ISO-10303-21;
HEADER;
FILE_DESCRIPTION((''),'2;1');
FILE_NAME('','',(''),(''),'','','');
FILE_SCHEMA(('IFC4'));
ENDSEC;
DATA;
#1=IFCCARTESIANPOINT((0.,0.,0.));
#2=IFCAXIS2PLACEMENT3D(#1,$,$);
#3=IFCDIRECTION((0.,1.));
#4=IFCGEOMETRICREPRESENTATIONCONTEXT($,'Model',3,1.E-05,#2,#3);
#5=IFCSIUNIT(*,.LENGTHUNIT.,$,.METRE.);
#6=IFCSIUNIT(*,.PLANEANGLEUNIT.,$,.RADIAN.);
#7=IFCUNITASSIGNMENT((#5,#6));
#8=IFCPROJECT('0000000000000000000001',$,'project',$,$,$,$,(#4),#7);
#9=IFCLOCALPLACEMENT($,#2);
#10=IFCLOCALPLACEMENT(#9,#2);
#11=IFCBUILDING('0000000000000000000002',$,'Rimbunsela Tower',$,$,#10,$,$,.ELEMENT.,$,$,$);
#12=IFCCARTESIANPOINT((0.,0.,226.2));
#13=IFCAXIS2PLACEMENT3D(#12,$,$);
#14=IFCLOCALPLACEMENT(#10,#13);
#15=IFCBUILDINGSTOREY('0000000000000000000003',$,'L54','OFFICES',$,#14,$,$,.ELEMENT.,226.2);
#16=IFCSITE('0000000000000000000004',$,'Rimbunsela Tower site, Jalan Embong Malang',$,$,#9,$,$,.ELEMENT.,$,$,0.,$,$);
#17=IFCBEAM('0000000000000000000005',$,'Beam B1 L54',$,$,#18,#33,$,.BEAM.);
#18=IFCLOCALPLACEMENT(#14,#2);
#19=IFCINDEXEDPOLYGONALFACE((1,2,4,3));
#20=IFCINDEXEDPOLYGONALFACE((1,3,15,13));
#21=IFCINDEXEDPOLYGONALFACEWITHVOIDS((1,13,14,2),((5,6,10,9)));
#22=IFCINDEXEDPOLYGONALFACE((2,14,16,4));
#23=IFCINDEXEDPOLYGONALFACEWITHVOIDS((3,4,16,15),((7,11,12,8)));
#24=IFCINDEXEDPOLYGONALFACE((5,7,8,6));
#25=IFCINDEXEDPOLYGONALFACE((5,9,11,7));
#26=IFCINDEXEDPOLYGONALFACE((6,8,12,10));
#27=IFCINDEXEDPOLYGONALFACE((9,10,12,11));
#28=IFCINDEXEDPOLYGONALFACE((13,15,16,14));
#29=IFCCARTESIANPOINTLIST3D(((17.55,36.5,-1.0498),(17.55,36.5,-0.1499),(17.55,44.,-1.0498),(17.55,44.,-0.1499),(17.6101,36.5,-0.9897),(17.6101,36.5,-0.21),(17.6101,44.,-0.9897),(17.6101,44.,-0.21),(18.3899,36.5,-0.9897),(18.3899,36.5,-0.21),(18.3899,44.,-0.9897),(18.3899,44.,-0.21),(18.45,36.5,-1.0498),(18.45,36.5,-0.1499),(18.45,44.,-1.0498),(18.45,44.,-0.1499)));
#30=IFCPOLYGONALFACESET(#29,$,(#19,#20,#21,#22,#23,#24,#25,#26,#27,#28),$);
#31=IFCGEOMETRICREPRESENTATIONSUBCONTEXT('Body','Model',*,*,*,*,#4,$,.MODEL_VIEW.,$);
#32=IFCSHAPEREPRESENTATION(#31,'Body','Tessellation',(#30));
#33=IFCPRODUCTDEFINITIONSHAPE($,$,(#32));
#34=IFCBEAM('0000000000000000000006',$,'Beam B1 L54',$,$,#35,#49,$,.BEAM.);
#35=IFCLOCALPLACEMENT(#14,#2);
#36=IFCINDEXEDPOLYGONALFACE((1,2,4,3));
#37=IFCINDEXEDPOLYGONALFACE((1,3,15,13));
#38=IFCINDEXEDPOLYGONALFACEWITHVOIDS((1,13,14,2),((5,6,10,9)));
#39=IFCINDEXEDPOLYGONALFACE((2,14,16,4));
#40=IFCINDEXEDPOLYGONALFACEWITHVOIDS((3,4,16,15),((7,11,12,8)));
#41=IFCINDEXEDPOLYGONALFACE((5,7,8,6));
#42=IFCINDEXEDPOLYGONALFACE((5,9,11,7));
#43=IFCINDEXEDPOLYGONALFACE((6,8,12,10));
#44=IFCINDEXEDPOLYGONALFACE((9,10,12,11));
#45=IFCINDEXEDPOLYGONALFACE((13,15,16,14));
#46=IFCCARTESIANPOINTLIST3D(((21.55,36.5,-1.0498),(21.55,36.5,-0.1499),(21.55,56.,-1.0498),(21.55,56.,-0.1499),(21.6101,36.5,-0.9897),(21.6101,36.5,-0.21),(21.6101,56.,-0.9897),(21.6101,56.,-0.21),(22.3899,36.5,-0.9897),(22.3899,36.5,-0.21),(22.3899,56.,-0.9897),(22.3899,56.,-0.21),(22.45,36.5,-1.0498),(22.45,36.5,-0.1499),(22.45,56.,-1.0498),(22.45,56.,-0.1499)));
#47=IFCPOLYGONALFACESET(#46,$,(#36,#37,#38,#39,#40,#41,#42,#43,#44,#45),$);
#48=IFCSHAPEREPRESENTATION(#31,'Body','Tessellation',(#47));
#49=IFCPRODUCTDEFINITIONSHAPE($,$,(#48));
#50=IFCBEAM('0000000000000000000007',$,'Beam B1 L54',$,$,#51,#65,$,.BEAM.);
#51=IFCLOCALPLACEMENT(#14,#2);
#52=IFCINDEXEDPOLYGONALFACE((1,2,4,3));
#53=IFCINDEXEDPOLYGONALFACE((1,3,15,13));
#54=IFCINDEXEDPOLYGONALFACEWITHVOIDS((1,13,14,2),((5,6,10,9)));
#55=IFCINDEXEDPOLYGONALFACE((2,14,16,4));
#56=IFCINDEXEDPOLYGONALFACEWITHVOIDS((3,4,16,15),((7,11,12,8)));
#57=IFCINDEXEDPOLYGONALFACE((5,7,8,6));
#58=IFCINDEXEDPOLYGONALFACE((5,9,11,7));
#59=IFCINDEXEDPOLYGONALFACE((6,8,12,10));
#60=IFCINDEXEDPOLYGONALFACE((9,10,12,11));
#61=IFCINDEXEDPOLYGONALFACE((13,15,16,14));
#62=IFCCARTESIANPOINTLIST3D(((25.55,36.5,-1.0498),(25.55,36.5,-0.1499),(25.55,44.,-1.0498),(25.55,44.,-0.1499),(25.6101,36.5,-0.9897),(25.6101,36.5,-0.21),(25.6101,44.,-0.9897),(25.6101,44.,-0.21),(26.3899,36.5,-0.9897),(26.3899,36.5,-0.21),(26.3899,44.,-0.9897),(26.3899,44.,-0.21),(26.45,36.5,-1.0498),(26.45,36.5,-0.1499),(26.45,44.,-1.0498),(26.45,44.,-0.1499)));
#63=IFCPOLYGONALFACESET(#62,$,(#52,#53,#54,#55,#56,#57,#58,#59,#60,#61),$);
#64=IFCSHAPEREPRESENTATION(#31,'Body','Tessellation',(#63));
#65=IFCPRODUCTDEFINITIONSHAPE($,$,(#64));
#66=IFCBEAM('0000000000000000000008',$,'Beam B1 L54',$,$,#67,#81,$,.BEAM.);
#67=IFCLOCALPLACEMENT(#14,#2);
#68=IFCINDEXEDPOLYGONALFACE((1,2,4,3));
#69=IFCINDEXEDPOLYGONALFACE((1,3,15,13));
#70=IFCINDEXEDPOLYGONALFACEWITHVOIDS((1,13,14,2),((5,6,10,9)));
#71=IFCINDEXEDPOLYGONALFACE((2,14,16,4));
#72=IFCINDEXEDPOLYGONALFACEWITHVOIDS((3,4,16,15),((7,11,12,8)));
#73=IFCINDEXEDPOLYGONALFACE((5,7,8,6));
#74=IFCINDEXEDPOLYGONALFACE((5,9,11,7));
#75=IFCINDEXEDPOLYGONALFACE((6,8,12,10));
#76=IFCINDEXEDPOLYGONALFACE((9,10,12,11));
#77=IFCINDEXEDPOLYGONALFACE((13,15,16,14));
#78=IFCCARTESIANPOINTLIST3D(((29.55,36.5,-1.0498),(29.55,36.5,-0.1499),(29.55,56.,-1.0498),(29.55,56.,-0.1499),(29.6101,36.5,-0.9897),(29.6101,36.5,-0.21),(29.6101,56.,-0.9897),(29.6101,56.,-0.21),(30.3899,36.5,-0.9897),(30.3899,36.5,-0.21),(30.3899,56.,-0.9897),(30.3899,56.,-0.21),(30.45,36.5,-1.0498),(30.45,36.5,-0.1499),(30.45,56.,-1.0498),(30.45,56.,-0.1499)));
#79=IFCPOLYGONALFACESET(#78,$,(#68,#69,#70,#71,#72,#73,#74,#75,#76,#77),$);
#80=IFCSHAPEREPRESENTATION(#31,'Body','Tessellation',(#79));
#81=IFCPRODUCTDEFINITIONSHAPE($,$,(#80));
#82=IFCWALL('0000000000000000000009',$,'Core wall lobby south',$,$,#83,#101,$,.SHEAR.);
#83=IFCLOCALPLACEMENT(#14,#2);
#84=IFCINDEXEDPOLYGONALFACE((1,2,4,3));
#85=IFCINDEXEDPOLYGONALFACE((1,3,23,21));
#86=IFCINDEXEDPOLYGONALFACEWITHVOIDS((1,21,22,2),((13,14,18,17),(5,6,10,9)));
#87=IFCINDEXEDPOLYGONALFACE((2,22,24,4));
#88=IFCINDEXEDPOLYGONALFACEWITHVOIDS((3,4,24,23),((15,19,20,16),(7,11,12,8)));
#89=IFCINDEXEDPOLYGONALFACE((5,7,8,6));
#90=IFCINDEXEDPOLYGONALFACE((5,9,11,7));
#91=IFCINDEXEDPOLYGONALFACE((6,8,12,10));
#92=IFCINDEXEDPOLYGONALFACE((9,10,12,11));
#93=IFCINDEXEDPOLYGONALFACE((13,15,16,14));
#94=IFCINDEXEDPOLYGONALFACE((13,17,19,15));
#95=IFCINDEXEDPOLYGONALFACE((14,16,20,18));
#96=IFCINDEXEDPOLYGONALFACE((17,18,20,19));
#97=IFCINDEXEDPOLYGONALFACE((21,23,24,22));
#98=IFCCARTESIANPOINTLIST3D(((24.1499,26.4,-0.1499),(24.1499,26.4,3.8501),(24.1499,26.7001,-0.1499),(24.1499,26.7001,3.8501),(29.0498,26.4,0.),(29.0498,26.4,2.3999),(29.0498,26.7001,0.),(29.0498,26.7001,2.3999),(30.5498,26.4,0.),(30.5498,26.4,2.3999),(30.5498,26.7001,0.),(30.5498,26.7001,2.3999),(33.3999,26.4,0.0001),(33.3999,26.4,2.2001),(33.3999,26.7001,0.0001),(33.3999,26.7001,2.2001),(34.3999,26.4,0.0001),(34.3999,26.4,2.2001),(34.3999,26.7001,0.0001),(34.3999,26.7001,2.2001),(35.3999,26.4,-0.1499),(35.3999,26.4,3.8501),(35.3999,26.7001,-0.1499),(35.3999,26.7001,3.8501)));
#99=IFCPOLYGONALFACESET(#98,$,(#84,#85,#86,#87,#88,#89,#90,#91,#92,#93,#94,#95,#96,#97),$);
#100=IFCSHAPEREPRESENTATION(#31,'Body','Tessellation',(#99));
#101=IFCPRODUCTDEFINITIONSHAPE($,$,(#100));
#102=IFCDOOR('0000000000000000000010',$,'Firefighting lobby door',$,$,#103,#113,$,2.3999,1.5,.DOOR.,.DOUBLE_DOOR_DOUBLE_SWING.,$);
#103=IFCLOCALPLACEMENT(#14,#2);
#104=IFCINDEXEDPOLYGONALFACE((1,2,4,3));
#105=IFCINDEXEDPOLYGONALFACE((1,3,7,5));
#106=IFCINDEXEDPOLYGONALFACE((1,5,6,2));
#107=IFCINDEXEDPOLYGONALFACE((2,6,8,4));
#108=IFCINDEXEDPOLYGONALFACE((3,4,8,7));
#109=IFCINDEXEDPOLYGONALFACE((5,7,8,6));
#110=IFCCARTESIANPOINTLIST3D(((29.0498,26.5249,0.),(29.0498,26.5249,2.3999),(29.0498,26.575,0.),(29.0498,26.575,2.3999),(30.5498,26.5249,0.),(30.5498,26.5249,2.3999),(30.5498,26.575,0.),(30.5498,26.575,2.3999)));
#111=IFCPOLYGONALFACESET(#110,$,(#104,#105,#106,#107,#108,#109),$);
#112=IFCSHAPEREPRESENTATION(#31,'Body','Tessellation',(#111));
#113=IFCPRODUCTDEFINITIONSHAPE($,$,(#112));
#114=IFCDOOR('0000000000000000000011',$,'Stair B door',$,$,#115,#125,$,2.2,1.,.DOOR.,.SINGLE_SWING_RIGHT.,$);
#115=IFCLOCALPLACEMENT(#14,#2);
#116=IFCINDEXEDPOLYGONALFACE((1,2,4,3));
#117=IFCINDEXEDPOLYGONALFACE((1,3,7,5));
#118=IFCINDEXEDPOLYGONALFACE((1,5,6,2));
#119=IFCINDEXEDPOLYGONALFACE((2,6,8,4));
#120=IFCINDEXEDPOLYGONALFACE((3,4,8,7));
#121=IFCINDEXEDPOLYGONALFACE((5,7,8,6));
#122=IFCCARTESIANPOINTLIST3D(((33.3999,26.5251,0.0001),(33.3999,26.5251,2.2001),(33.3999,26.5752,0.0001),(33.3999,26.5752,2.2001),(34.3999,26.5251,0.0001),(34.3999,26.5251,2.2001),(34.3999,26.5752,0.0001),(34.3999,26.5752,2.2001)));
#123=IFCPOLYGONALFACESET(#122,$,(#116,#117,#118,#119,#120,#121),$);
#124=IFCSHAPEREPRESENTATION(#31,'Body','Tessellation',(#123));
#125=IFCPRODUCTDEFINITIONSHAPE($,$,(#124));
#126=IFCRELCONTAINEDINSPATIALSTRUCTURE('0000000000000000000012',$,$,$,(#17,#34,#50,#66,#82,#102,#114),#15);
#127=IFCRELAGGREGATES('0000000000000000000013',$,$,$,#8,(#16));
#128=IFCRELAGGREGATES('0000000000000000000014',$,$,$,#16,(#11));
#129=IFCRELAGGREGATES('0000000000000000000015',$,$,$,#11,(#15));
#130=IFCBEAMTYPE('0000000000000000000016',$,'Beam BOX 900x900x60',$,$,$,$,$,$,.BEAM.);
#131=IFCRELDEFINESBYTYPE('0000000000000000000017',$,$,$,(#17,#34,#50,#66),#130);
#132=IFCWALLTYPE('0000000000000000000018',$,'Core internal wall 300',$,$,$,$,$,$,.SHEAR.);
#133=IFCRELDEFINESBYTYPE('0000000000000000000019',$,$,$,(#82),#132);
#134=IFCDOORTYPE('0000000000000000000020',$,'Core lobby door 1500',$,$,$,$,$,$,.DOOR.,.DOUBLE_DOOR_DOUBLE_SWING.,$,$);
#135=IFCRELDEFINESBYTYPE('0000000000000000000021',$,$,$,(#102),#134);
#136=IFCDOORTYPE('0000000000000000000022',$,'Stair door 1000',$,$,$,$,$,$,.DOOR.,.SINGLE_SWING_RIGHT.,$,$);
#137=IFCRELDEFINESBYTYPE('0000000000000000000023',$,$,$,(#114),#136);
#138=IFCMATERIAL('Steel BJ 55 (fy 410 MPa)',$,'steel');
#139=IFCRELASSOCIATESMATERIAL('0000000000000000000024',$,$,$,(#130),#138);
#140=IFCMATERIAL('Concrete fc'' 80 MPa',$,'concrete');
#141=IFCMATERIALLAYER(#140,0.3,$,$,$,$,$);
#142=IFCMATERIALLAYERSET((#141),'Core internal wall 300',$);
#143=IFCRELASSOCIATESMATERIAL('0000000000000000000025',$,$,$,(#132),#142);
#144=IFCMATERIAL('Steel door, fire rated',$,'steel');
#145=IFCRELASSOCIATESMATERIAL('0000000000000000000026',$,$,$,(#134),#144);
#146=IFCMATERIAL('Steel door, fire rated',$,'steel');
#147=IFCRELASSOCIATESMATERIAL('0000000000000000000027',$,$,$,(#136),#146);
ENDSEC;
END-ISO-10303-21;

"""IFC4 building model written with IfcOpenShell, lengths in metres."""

from ifc_helpers import new_model, si_unit, direction, frame, frame_2d, origin, origin_2d, place, context, subcontext, project, spatial, rectangle, hollow_rectangle, extrude, material, layer, layer_set, material_profile, profile_set, type_object, element, fill, save


model = new_model("IFC4")

# Units and contexts
model_context = context("Model", 3, precision=1e-05, world=origin(), true_north=direction((0.0, 1.0)))
body_context = subcontext(model_context, "Body", "Model", "MODEL_VIEW")
ifc_project = project(units=[si_unit("LENGTHUNIT", "METRE"), si_unit("PLANEANGLEUNIT", "RADIAN")], contexts=[model_context])

# Site, building, storey
site_placement = place(None, origin())
site = spatial("IfcSite", under=ifc_project, at=site_placement, Name="Rimbunsela Tower site, Jalan Embong Malang", CompositionType="ELEMENT", RefElevation=0.0)
building_placement = place(site_placement, origin())
building = spatial("IfcBuilding", under=site, at=building_placement, Name="Rimbunsela Tower", CompositionType="ELEMENT")
storey_placement = place(building_placement, frame((0.0, 0.0, 226.2)))
storey = spatial("IfcBuildingStorey", under=building, at=storey_placement, Name="L54", Description="OFFICES", CompositionType="ELEMENT", Elevation=226.2)

# Beams
ifc_material_1 = material(Name="Steel BJ 55 (fy 410 MPa)", Category="steel")
ifc_material_profile = material_profile(ifc_material_1, hollow_rectangle(XDim=0.8999, YDim=0.8999, WallThickness=0.0601, at=origin_2d()), Name="BOX 900x900x60")
ifc_profile_set = profile_set([ifc_material_profile], Name="Steel BJ 55 (fy 410 MPa)")
beam_type = type_object("IfcBeamType", Name="Beam BOX 900x900x60", PredefinedType="BEAM", material=ifc_profile_set)
beam_1_placement = place(storey_placement, frame((18.0, 36.5, -0.5999), z_axis=(0.0, 1.0, 0.0), x_axis=(-1.0, 0.0, 0.0)))
element("IfcBeam", 1, at=beam_1_placement, inside=storey, type_object=beam_type, Name="Beam B1 L54", PredefinedType="BEAM", context=body_context, shape_type="SweptSolid", body=[
    extrude(hollow_rectangle(XDim=0.8999, YDim=0.8999, WallThickness=0.0601, at=origin_2d()), origin(), (0.0, 0.0, 1.0), 7.5),
])
beam_2_placement = place(storey_placement, frame((22.0, 36.5, -0.5999), z_axis=(0.0, 1.0, 0.0), x_axis=(-1.0, 0.0, 0.0)))
element("IfcBeam", 2, at=beam_2_placement, inside=storey, type_object=beam_type, Name="Beam B1 L54", PredefinedType="BEAM", context=body_context, shape_type="SweptSolid", body=[
    extrude(hollow_rectangle(XDim=0.8999, YDim=0.8999, WallThickness=0.0601, at=origin_2d()), origin(), (0.0, 0.0, 1.0), 19.5),
])
beam_3_placement = place(storey_placement, frame((26.0, 36.5, -0.5999), z_axis=(0.0, 1.0, 0.0), x_axis=(-1.0, 0.0, 0.0)))
element("IfcBeam", 3, at=beam_3_placement, inside=storey, type_object=beam_type, Name="Beam B1 L54", PredefinedType="BEAM", context=body_context, shape_type="SweptSolid", body=[
    extrude(hollow_rectangle(XDim=0.8999, YDim=0.8999, WallThickness=0.0601, at=origin_2d()), origin(), (0.0, 0.0, 1.0), 7.5),
])
beam_4_placement = place(storey_placement, frame((30.0, 36.5, -0.5999), z_axis=(0.0, 1.0, 0.0), x_axis=(-1.0, 0.0, 0.0)))
element("IfcBeam", 4, at=beam_4_placement, inside=storey, type_object=beam_type, Name="Beam B1 L54", PredefinedType="BEAM", context=body_context, shape_type="SweptSolid", body=[
    extrude(hollow_rectangle(XDim=0.8999, YDim=0.8999, WallThickness=0.0601, at=origin_2d()), origin(), (0.0, 0.0, 1.0), 19.5),
])

# Wall, openings, doors
ifc_material_2 = material(Name="Concrete fc' 80 MPa", Category="concrete")
ifc_layer_1 = layer(ifc_material_2, 0.3)
ifc_layer_set_1 = layer_set([ifc_layer_1], Name="Core internal wall 300")
wall_type_1 = type_object("IfcWallType", Name="Core internal wall 300", PredefinedType="SHEAR", material=ifc_layer_set_1)
wall_1_placement = place(storey_placement, frame((24.1499, 26.55, -0.1499), z_axis=(0.0, 0.0, 1.0), x_axis=(1.0, 0.0, 0.0)))
wall_1 = element("IfcWall", 5, at=wall_1_placement, inside=storey, type_object=wall_type_1, Name="Core wall lobby south", PredefinedType="SHEAR", context=body_context, shape_type="SweptSolid", body=[
    extrude(rectangle(XDim=11.25, YDim=0.3, at=frame_2d((5.625, 0.0))), origin(), (0.0, 0.0, 1.0), 4.0),
])
opening_1_placement = place(wall_1_placement, frame((9.25, 0.0, 0.1499)))
opening_1 = element("IfcOpeningElement", 6, at=opening_1_placement, cuts=wall_1, PredefinedType="OPENING", context=body_context, shape_type="SweptSolid", body=[
    extrude(rectangle(XDim=1.0, YDim=2.2, at=frame_2d((0.5, 1.1001))), frame((0.0, 0.1599, 0.0), z_axis=(0.0, -1.0, 0.0), x_axis=(1.0, 0.0, 0.0)), (0.0, 0.0, 1.0), 0.3201),
])
opening_2_placement = place(wall_1_placement, frame((4.8999, 0.0, 0.1499)))
opening_2 = element("IfcOpeningElement", 7, at=opening_2_placement, cuts=wall_1, PredefinedType="OPENING", context=body_context, shape_type="SweptSolid", body=[
    extrude(rectangle(XDim=1.5, YDim=2.3999, at=frame_2d((0.75, 1.2))), frame((0.0, 0.1599, 0.0), z_axis=(0.0, -1.0, 0.0), x_axis=(1.0, 0.0, 0.0)), (0.0, 0.0, 1.0), 0.3201),
])
ifc_material_3 = material(Name="Steel door, fire rated", Category="steel")
door_type_1 = type_object("IfcDoorType", Name="Core lobby door 1500", OperationType="DOUBLE_DOOR_DOUBLE_SWING", PredefinedType="DOOR", material=ifc_material_3)
door_1_placement = place(opening_2_placement, origin())
door_1 = element("IfcDoor", 8, at=door_1_placement, inside=storey, type_object=door_type_1, Name="Firefighting lobby door", OperationType="DOUBLE_DOOR_DOUBLE_SWING", OverallHeight=2.3999, OverallWidth=1.5, PredefinedType="DOOR", context=body_context, shape_type="SweptSolid", body=[
    extrude(rectangle(XDim=1.5, YDim=2.3999, at=frame_2d((0.75, 1.2))), frame((0.0, 0.0249, 0.0), z_axis=(0.0, -1.0, 0.0), x_axis=(1.0, 0.0, 0.0)), (0.0, 0.0, 1.0), 0.05),
])
fill(opening_2, door_1)
ifc_material_4 = material(Name="Steel door, fire rated", Category="steel")
door_type_2 = type_object("IfcDoorType", Name="Stair door 1000", OperationType="SINGLE_SWING_RIGHT", PredefinedType="DOOR", material=ifc_material_4)
door_2_placement = place(opening_1_placement, frame((1.0, 0.0, 0.0), z_axis=(0.0, 0.0, 1.0), x_axis=(-1.0, 0.0, 0.0)))
door_2 = element("IfcDoor", 9, at=door_2_placement, inside=storey, type_object=door_type_2, Name="Stair B door", OperationType="SINGLE_SWING_RIGHT", OverallHeight=2.2, OverallWidth=1.0, PredefinedType="DOOR", context=body_context, shape_type="SweptSolid", body=[
    extrude(rectangle(XDim=1.0, YDim=2.2, at=frame_2d((0.5, 1.1001))), frame((0.0, 0.0249, 0.0), z_axis=(0.0, -1.0, 0.0), x_axis=(1.0, 0.0, 0.0)), (0.0, 0.0, 1.0), 0.05),
])
fill(opening_1, door_2)

save(model, "model.ifc")
